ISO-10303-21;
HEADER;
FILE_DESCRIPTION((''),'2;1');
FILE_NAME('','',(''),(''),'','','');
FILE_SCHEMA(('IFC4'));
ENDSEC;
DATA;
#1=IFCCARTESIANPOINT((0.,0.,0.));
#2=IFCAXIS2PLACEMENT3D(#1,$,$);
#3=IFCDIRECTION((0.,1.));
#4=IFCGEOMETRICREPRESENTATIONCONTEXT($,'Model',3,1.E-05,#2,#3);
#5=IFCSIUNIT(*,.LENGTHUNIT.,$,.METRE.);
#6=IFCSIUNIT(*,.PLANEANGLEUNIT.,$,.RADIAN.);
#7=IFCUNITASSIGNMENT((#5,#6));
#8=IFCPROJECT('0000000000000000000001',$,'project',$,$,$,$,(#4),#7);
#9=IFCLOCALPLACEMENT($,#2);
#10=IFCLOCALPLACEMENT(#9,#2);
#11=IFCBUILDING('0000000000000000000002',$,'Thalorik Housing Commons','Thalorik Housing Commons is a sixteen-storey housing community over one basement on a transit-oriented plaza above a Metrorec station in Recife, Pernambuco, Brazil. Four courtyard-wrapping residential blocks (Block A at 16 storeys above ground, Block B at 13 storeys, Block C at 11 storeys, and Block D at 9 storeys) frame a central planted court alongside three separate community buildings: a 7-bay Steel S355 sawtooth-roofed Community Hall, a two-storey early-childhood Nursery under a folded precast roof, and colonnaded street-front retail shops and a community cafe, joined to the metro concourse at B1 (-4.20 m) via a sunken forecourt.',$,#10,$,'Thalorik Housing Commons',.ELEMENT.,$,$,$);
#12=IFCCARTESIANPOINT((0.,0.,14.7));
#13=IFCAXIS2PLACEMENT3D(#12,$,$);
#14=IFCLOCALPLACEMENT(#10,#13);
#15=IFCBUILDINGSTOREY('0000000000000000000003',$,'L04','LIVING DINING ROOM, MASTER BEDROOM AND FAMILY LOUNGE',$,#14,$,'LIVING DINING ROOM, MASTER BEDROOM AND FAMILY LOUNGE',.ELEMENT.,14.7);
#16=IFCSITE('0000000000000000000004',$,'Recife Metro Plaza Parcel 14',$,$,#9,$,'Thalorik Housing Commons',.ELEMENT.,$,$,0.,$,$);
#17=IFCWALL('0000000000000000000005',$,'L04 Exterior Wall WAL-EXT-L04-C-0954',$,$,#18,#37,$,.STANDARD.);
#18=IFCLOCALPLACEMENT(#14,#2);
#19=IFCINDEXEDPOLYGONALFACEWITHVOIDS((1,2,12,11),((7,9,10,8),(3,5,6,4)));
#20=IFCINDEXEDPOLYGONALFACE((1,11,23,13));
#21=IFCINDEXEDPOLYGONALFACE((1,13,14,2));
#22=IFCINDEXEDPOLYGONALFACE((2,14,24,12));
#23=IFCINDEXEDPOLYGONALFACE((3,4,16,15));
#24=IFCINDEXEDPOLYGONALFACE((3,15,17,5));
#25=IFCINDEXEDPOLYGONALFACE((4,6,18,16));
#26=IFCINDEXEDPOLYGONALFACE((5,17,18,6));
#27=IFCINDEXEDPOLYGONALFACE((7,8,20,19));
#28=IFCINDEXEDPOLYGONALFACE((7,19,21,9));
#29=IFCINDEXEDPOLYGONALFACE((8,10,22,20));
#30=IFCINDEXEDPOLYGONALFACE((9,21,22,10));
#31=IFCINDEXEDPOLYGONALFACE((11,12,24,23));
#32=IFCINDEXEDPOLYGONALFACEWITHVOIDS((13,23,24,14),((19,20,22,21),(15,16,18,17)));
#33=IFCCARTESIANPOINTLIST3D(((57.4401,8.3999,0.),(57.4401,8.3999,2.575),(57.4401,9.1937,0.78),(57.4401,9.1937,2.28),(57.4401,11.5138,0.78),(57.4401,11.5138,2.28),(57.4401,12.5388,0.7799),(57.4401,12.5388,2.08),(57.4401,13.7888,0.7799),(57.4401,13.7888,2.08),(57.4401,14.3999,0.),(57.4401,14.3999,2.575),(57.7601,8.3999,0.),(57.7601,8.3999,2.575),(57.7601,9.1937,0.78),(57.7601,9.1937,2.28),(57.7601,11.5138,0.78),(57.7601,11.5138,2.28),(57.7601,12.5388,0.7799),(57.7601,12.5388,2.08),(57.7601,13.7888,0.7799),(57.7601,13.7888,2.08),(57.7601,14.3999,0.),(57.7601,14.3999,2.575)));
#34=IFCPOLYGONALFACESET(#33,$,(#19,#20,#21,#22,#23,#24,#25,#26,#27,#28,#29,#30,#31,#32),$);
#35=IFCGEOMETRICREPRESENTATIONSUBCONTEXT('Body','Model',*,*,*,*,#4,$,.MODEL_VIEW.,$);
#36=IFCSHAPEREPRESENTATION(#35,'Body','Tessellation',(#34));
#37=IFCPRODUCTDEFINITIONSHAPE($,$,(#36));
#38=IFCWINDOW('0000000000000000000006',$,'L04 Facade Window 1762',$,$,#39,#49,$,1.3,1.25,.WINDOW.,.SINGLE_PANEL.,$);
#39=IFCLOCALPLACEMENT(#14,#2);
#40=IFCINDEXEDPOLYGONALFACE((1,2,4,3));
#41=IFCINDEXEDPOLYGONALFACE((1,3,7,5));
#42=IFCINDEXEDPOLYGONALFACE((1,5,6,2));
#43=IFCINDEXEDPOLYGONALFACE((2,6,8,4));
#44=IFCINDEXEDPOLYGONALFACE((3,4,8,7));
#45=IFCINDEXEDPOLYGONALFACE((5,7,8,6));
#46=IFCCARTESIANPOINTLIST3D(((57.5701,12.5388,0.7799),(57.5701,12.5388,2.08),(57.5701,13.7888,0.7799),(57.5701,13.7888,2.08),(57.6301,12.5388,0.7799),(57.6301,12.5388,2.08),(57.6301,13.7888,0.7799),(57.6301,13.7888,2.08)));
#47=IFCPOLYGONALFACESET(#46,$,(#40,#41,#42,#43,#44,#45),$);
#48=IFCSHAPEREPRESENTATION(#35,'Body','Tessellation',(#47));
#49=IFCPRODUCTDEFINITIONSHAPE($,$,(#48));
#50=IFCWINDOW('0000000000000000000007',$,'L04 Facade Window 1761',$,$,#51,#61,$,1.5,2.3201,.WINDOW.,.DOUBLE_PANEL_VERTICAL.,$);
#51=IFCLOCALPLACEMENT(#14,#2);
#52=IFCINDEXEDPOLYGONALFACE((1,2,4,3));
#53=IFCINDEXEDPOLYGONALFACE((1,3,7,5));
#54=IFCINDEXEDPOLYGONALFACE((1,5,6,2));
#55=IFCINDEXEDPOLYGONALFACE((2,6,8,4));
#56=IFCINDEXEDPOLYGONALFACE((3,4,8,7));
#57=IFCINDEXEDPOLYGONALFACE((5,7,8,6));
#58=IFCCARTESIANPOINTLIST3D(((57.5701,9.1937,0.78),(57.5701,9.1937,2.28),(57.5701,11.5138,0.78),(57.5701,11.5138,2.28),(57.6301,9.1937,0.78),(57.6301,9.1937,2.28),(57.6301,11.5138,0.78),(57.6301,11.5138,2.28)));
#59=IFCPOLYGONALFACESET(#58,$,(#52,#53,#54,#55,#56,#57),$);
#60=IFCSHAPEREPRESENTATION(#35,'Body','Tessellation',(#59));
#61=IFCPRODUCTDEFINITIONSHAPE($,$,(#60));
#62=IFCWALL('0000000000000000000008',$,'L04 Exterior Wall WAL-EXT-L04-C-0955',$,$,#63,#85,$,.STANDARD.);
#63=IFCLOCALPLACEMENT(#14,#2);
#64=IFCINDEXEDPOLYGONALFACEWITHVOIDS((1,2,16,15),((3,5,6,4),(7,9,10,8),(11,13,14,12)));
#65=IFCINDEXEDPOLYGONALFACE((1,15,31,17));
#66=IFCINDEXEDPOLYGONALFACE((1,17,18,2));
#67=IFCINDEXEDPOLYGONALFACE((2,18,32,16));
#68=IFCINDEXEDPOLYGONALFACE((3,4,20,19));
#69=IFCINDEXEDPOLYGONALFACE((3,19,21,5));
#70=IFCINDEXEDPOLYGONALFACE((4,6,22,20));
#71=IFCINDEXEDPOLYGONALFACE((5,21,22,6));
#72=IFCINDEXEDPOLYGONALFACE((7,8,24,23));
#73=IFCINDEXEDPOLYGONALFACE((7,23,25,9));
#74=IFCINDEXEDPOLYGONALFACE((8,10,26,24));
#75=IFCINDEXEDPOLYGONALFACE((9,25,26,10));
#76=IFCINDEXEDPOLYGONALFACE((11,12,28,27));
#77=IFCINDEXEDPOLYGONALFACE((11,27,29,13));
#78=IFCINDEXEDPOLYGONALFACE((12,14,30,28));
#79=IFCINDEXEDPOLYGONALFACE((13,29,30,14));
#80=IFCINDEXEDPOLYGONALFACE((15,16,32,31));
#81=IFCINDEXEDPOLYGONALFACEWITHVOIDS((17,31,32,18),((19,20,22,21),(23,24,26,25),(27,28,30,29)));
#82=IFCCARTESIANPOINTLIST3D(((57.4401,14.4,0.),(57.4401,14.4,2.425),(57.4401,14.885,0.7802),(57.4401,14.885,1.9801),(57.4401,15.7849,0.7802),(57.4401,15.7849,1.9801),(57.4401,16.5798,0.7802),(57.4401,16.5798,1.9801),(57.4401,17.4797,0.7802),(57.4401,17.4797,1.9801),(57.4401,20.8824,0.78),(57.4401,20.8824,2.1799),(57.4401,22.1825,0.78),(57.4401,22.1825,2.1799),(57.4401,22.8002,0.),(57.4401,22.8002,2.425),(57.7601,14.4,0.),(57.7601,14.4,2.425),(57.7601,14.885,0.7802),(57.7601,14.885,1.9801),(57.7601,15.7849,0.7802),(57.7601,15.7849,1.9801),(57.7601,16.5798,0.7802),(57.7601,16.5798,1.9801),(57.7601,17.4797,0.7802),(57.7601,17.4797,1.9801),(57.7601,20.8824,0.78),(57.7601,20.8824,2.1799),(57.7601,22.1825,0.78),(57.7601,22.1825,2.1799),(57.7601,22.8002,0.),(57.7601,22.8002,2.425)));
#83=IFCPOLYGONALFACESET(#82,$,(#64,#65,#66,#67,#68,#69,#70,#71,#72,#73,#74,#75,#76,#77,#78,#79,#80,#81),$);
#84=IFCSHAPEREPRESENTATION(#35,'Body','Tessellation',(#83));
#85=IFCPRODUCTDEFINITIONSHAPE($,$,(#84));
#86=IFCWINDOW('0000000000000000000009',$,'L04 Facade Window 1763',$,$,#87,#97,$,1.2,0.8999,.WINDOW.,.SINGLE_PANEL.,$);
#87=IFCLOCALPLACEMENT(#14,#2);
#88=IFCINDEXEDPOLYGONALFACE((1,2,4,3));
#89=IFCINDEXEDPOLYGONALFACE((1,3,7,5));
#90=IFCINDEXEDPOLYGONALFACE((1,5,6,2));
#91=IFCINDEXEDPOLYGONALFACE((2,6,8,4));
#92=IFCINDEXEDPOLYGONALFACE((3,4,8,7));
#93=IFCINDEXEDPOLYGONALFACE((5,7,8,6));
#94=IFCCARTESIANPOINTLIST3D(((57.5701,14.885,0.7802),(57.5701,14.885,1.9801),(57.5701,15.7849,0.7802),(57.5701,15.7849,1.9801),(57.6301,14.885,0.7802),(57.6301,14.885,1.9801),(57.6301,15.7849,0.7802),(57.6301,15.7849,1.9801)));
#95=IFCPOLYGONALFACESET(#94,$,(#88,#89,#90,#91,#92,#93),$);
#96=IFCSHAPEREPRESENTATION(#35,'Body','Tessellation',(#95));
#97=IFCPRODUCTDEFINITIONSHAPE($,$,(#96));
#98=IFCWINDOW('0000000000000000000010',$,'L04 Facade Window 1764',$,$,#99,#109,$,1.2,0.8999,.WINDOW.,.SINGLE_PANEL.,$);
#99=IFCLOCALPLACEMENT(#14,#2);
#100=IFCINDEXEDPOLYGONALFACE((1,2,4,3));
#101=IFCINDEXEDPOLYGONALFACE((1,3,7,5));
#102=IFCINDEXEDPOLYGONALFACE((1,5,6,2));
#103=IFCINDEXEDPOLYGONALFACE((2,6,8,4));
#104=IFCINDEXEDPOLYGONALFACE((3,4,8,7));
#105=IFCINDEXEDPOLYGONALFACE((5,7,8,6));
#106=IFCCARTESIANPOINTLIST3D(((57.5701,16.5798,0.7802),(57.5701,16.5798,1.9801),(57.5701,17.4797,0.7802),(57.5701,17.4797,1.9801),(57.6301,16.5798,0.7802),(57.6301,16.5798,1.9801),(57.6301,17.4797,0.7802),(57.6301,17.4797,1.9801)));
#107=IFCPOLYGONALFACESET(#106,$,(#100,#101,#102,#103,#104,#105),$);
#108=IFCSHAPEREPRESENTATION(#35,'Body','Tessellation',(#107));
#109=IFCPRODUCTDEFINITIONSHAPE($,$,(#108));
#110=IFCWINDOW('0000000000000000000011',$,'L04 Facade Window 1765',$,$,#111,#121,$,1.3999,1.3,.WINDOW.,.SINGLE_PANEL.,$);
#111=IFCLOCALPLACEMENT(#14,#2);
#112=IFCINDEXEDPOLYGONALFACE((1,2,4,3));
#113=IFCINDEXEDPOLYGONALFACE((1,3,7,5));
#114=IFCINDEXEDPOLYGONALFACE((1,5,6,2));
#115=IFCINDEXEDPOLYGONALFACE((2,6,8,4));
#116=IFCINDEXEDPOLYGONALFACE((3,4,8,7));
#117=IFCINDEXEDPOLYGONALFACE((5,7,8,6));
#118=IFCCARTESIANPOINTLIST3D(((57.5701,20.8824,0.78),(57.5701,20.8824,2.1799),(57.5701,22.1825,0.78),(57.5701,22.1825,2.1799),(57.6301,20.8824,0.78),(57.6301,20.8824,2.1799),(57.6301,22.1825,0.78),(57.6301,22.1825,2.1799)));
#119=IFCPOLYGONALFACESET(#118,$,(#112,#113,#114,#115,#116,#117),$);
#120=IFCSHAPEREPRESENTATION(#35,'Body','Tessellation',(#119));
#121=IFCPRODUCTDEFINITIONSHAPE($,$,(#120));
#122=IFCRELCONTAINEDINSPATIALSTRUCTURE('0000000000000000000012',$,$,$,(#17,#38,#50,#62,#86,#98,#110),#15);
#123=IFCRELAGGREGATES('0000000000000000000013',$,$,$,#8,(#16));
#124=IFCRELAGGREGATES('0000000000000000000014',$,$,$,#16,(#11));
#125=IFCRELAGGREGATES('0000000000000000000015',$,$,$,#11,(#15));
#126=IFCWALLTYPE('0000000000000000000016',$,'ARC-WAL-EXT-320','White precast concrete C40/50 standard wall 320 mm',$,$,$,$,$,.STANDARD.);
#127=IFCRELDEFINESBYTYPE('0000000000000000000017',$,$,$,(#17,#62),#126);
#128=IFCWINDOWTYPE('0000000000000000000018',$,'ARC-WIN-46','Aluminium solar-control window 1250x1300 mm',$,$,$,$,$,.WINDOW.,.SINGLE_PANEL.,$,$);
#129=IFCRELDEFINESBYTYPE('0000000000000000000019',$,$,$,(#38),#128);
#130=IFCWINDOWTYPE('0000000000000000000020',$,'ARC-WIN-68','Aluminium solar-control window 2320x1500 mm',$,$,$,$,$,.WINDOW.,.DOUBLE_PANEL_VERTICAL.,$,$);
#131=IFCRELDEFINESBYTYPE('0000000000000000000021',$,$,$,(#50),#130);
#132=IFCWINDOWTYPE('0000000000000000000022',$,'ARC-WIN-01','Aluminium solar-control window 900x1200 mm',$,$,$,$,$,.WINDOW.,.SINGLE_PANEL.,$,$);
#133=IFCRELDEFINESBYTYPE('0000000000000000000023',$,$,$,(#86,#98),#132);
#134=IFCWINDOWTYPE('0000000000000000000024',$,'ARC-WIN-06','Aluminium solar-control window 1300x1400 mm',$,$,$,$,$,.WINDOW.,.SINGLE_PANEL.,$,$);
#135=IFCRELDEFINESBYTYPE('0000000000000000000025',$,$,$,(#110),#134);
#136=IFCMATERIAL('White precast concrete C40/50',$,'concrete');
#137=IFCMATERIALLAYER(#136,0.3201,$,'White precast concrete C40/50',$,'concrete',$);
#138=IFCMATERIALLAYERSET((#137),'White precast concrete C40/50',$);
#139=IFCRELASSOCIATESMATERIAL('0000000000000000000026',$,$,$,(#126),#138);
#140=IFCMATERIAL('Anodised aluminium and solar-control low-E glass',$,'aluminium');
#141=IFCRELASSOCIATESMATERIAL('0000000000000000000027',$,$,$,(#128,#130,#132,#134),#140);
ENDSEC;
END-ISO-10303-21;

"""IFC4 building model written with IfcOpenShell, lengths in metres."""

from ifc_helpers import new_model, si_unit, direction, frame, frame_2d, origin, place, context, subcontext, project, spatial, rectangle, extrude, material, layer, layer_set, type_object, element, fill, save


model = new_model("IFC4")

# Units and contexts
model_context = context("Model", 3, precision=1e-05, world=origin(), true_north=direction((0.0, 1.0)))
body_context = subcontext(model_context, "Body", "Model", "MODEL_VIEW")
ifc_project = project(units=[si_unit("LENGTHUNIT", "METRE"), si_unit("PLANEANGLEUNIT", "RADIAN")], contexts=[model_context])

# Site, building, storey
site_placement = place(None, origin())
site = spatial("IfcSite", under=ifc_project, at=site_placement, Name="Recife Metro Plaza Parcel 14", LongName="Thalorik Housing Commons", CompositionType="ELEMENT", RefElevation=0.0)
building_placement = place(site_placement, origin())
building = spatial("IfcBuilding", under=site, at=building_placement, Name="Thalorik Housing Commons", Description="Thalorik Housing Commons is a sixteen-storey housing community over one basement on a transit-oriented plaza above a Metrorec station in Recife, Pernambuco, Brazil. Four courtyard-wrapping residential blocks (Block A at 16 storeys above ground, Block B at 13 storeys, Block C at 11 storeys, and Block D at 9 storeys) frame a central planted court alongside three separate community buildings: a 7-bay Steel S355 sawtooth-roofed Community Hall, a two-storey early-childhood Nursery under a folded precast roof, and colonnaded street-front retail shops and a community cafe, joined to the metro concourse at B1 (-4.20 m) via a sunken forecourt.", LongName="Thalorik Housing Commons", CompositionType="ELEMENT")
storey_placement = place(building_placement, frame((0.0, 0.0, 14.7)))
storey = spatial("IfcBuildingStorey", under=building, at=storey_placement, Name="L04", Description="LIVING DINING ROOM, MASTER BEDROOM AND FAMILY LOUNGE", LongName="LIVING DINING ROOM, MASTER BEDROOM AND FAMILY LOUNGE", CompositionType="ELEMENT", Elevation=14.7)

# Walls, openings, windows
ifc_material_1 = material(Name="White precast concrete C40/50", Category="concrete")
ifc_layer_1 = layer(ifc_material_1, 0.3201, Name="White precast concrete C40/50", Category="concrete")
ifc_layer_set_1 = layer_set([ifc_layer_1], Name="White precast concrete C40/50")
wall_type = type_object("IfcWallType", Name="ARC-WAL-EXT-320", Description="White precast concrete C40/50 standard wall 320 mm", PredefinedType="STANDARD", material=ifc_layer_set_1)
wall_1_placement = place(storey_placement, frame((57.6001, 8.3999, 0.0), z_axis=(0.0, 0.0, 1.0), x_axis=(0.0, 1.0, 0.0)))
wall_1 = element("IfcWall", 1, at=wall_1_placement, inside=storey, type_object=wall_type, Name="L04 Exterior Wall WAL-EXT-L04-C-0954", PredefinedType="STANDARD", context=body_context, shape_type="SweptSolid", body=[
    extrude(rectangle(XDim=6.0, YDim=0.3201, at=frame_2d((3.0, 0.0))), origin(), (0.0, 0.0, 1.0), 2.575),
])
opening_1_placement = place(wall_1_placement, frame((0.7937, 0.0, 0.78)))
opening_1 = element("IfcOpeningElement", 2, at=opening_1_placement, cuts=wall_1, PredefinedType="OPENING", context=body_context, shape_type="SweptSolid", body=[
    extrude(rectangle(XDim=2.3201, YDim=1.5, at=frame_2d((1.1602, 0.75))), frame((0.0, 0.1699, 0.0), z_axis=(0.0, -1.0, 0.0), x_axis=(1.0, 0.0, 0.0)), (0.0, 0.0, 1.0), 0.3401),
])
opening_2_placement = place(wall_1_placement, frame((4.1389, 0.0, 0.78)))
opening_2 = element("IfcOpeningElement", 3, at=opening_2_placement, cuts=wall_1, PredefinedType="OPENING", context=body_context, shape_type="SweptSolid", body=[
    extrude(rectangle(XDim=1.25, YDim=1.3, at=frame_2d((0.625, 0.6499))), frame((0.0, 0.1699, 0.0), z_axis=(0.0, -1.0, 0.0), x_axis=(1.0, 0.0, 0.0)), (0.0, 0.0, 1.0), 0.3401),
])
ifc_material_2 = material(Name="Anodised aluminium and solar-control low-E glass", Category="aluminium")
window_type_1 = type_object("IfcWindowType", Name="ARC-WIN-46", Description="Aluminium solar-control window 1250x1300 mm", PartitioningType="SINGLE_PANEL", PredefinedType="WINDOW", material=ifc_material_2)
window_1_placement = place(opening_2_placement, origin())
window_1 = element("IfcWindow", 4, at=window_1_placement, inside=storey, type_object=window_type_1, Name="L04 Facade Window 1762", OverallHeight=1.3, OverallWidth=1.25, PartitioningType="SINGLE_PANEL", PredefinedType="WINDOW", context=body_context, shape_type="SweptSolid", body=[
    extrude(rectangle(XDim=1.25, YDim=1.3, at=frame_2d((0.625, 0.6499))), frame((0.0, 0.03, 0.0), z_axis=(0.0, -1.0, 0.0), x_axis=(1.0, 0.0, 0.0)), (0.0, 0.0, 1.0), 0.0601),
])
fill(opening_2, window_1)
window_type_2 = type_object("IfcWindowType", Name="ARC-WIN-68", Description="Aluminium solar-control window 2320x1500 mm", PartitioningType="DOUBLE_PANEL_VERTICAL", PredefinedType="WINDOW", material=ifc_material_2)
window_2_placement = place(opening_1_placement, origin())
window_2 = element("IfcWindow", 5, at=window_2_placement, inside=storey, type_object=window_type_2, Name="L04 Facade Window 1761", OverallHeight=1.5, OverallWidth=2.3201, PartitioningType="DOUBLE_PANEL_VERTICAL", PredefinedType="WINDOW", context=body_context, shape_type="SweptSolid", body=[
    extrude(rectangle(XDim=2.3201, YDim=1.5, at=frame_2d((1.1602, 0.75))), frame((0.0, 0.03, 0.0), z_axis=(0.0, -1.0, 0.0), x_axis=(1.0, 0.0, 0.0)), (0.0, 0.0, 1.0), 0.0601),
])
fill(opening_1, window_2)
wall_2_placement = place(storey_placement, frame((57.6001, 14.3999, 0.0), z_axis=(0.0, 0.0, 1.0), x_axis=(0.0, 1.0, 0.0)))
wall_2 = element("IfcWall", 6, at=wall_2_placement, inside=storey, type_object=wall_type, Name="L04 Exterior Wall WAL-EXT-L04-C-0955", PredefinedType="STANDARD", context=body_context, shape_type="SweptSolid", body=[
    extrude(rectangle(XDim=8.4001, YDim=0.3201, at=frame_2d((4.2002, 0.0))), origin(), (0.0, 0.0, 1.0), 2.425),
])
opening_3_placement = place(wall_2_placement, frame((0.4851, 0.0, 0.78)))
opening_3 = element("IfcOpeningElement", 7, at=opening_3_placement, cuts=wall_2, PredefinedType="OPENING", context=body_context, shape_type="SweptSolid", body=[
    extrude(rectangle(XDim=0.8999, YDim=1.2, at=frame_2d((0.45, 0.6001))), frame((0.0, 0.1699, 0.0), z_axis=(0.0, -1.0, 0.0), x_axis=(1.0, 0.0, 0.0)), (0.0, 0.0, 1.0), 0.3401),
])
opening_4_placement = place(wall_2_placement, frame((2.1799, 0.0, 0.78)))
opening_4 = element("IfcOpeningElement", 8, at=opening_4_placement, cuts=wall_2, PredefinedType="OPENING", context=body_context, shape_type="SweptSolid", body=[
    extrude(rectangle(XDim=0.8999, YDim=1.2, at=frame_2d((0.45, 0.6001))), frame((0.0, 0.1699, 0.0), z_axis=(0.0, -1.0, 0.0), x_axis=(1.0, 0.0, 0.0)), (0.0, 0.0, 1.0), 0.3401),
])
opening_5_placement = place(wall_2_placement, frame((6.4827, 0.0, 0.78)))
opening_5 = element("IfcOpeningElement", 9, at=opening_5_placement, cuts=wall_2, PredefinedType="OPENING", context=body_context, shape_type="SweptSolid", body=[
    extrude(rectangle(XDim=1.3, YDim=1.3999, at=frame_2d((0.6499, 0.7))), frame((0.0, 0.1699, 0.0), z_axis=(0.0, -1.0, 0.0), x_axis=(1.0, 0.0, 0.0)), (0.0, 0.0, 1.0), 0.3401),
])
window_type_3 = type_object("IfcWindowType", Name="ARC-WIN-01", Description="Aluminium solar-control window 900x1200 mm", PartitioningType="SINGLE_PANEL", PredefinedType="WINDOW", material=ifc_material_2)
window_3_placement = place(opening_3_placement, origin())
window_3 = element("IfcWindow", 10, at=window_3_placement, inside=storey, type_object=window_type_3, Name="L04 Facade Window 1763", OverallHeight=1.2, OverallWidth=0.8999, PartitioningType="SINGLE_PANEL", PredefinedType="WINDOW", context=body_context, shape_type="SweptSolid", body=[
    extrude(rectangle(XDim=0.8999, YDim=1.2, at=frame_2d((0.45, 0.6001))), frame((0.0, 0.03, 0.0), z_axis=(0.0, -1.0, 0.0), x_axis=(1.0, 0.0, 0.0)), (0.0, 0.0, 1.0), 0.0601),
])
fill(opening_3, window_3)
window_4_placement = place(opening_4_placement, origin())
window_4 = element("IfcWindow", 11, at=window_4_placement, inside=storey, type_object=window_type_3, Name="L04 Facade Window 1764", OverallHeight=1.2, OverallWidth=0.8999, PartitioningType="SINGLE_PANEL", PredefinedType="WINDOW", context=body_context, shape_type="SweptSolid", body=[
    extrude(rectangle(XDim=0.8999, YDim=1.2, at=frame_2d((0.45, 0.6001))), frame((0.0, 0.03, 0.0), z_axis=(0.0, -1.0, 0.0), x_axis=(1.0, 0.0, 0.0)), (0.0, 0.0, 1.0), 0.0601),
])
fill(opening_4, window_4)
window_type_4 = type_object("IfcWindowType", Name="ARC-WIN-06", Description="Aluminium solar-control window 1300x1400 mm", PartitioningType="SINGLE_PANEL", PredefinedType="WINDOW", material=ifc_material_2)
window_5_placement = place(opening_5_placement, origin())
window_5 = element("IfcWindow", 12, at=window_5_placement, inside=storey, type_object=window_type_4, Name="L04 Facade Window 1765", OverallHeight=1.3999, OverallWidth=1.3, PartitioningType="SINGLE_PANEL", PredefinedType="WINDOW", context=body_context, shape_type="SweptSolid", body=[
    extrude(rectangle(XDim=1.3, YDim=1.3999, at=frame_2d((0.6499, 0.7))), frame((0.0, 0.03, 0.0), z_axis=(0.0, -1.0, 0.0), x_axis=(1.0, 0.0, 0.0)), (0.0, 0.0, 1.0), 0.0601),
])
fill(opening_5, window_5)

save(model, "model.ifc")
